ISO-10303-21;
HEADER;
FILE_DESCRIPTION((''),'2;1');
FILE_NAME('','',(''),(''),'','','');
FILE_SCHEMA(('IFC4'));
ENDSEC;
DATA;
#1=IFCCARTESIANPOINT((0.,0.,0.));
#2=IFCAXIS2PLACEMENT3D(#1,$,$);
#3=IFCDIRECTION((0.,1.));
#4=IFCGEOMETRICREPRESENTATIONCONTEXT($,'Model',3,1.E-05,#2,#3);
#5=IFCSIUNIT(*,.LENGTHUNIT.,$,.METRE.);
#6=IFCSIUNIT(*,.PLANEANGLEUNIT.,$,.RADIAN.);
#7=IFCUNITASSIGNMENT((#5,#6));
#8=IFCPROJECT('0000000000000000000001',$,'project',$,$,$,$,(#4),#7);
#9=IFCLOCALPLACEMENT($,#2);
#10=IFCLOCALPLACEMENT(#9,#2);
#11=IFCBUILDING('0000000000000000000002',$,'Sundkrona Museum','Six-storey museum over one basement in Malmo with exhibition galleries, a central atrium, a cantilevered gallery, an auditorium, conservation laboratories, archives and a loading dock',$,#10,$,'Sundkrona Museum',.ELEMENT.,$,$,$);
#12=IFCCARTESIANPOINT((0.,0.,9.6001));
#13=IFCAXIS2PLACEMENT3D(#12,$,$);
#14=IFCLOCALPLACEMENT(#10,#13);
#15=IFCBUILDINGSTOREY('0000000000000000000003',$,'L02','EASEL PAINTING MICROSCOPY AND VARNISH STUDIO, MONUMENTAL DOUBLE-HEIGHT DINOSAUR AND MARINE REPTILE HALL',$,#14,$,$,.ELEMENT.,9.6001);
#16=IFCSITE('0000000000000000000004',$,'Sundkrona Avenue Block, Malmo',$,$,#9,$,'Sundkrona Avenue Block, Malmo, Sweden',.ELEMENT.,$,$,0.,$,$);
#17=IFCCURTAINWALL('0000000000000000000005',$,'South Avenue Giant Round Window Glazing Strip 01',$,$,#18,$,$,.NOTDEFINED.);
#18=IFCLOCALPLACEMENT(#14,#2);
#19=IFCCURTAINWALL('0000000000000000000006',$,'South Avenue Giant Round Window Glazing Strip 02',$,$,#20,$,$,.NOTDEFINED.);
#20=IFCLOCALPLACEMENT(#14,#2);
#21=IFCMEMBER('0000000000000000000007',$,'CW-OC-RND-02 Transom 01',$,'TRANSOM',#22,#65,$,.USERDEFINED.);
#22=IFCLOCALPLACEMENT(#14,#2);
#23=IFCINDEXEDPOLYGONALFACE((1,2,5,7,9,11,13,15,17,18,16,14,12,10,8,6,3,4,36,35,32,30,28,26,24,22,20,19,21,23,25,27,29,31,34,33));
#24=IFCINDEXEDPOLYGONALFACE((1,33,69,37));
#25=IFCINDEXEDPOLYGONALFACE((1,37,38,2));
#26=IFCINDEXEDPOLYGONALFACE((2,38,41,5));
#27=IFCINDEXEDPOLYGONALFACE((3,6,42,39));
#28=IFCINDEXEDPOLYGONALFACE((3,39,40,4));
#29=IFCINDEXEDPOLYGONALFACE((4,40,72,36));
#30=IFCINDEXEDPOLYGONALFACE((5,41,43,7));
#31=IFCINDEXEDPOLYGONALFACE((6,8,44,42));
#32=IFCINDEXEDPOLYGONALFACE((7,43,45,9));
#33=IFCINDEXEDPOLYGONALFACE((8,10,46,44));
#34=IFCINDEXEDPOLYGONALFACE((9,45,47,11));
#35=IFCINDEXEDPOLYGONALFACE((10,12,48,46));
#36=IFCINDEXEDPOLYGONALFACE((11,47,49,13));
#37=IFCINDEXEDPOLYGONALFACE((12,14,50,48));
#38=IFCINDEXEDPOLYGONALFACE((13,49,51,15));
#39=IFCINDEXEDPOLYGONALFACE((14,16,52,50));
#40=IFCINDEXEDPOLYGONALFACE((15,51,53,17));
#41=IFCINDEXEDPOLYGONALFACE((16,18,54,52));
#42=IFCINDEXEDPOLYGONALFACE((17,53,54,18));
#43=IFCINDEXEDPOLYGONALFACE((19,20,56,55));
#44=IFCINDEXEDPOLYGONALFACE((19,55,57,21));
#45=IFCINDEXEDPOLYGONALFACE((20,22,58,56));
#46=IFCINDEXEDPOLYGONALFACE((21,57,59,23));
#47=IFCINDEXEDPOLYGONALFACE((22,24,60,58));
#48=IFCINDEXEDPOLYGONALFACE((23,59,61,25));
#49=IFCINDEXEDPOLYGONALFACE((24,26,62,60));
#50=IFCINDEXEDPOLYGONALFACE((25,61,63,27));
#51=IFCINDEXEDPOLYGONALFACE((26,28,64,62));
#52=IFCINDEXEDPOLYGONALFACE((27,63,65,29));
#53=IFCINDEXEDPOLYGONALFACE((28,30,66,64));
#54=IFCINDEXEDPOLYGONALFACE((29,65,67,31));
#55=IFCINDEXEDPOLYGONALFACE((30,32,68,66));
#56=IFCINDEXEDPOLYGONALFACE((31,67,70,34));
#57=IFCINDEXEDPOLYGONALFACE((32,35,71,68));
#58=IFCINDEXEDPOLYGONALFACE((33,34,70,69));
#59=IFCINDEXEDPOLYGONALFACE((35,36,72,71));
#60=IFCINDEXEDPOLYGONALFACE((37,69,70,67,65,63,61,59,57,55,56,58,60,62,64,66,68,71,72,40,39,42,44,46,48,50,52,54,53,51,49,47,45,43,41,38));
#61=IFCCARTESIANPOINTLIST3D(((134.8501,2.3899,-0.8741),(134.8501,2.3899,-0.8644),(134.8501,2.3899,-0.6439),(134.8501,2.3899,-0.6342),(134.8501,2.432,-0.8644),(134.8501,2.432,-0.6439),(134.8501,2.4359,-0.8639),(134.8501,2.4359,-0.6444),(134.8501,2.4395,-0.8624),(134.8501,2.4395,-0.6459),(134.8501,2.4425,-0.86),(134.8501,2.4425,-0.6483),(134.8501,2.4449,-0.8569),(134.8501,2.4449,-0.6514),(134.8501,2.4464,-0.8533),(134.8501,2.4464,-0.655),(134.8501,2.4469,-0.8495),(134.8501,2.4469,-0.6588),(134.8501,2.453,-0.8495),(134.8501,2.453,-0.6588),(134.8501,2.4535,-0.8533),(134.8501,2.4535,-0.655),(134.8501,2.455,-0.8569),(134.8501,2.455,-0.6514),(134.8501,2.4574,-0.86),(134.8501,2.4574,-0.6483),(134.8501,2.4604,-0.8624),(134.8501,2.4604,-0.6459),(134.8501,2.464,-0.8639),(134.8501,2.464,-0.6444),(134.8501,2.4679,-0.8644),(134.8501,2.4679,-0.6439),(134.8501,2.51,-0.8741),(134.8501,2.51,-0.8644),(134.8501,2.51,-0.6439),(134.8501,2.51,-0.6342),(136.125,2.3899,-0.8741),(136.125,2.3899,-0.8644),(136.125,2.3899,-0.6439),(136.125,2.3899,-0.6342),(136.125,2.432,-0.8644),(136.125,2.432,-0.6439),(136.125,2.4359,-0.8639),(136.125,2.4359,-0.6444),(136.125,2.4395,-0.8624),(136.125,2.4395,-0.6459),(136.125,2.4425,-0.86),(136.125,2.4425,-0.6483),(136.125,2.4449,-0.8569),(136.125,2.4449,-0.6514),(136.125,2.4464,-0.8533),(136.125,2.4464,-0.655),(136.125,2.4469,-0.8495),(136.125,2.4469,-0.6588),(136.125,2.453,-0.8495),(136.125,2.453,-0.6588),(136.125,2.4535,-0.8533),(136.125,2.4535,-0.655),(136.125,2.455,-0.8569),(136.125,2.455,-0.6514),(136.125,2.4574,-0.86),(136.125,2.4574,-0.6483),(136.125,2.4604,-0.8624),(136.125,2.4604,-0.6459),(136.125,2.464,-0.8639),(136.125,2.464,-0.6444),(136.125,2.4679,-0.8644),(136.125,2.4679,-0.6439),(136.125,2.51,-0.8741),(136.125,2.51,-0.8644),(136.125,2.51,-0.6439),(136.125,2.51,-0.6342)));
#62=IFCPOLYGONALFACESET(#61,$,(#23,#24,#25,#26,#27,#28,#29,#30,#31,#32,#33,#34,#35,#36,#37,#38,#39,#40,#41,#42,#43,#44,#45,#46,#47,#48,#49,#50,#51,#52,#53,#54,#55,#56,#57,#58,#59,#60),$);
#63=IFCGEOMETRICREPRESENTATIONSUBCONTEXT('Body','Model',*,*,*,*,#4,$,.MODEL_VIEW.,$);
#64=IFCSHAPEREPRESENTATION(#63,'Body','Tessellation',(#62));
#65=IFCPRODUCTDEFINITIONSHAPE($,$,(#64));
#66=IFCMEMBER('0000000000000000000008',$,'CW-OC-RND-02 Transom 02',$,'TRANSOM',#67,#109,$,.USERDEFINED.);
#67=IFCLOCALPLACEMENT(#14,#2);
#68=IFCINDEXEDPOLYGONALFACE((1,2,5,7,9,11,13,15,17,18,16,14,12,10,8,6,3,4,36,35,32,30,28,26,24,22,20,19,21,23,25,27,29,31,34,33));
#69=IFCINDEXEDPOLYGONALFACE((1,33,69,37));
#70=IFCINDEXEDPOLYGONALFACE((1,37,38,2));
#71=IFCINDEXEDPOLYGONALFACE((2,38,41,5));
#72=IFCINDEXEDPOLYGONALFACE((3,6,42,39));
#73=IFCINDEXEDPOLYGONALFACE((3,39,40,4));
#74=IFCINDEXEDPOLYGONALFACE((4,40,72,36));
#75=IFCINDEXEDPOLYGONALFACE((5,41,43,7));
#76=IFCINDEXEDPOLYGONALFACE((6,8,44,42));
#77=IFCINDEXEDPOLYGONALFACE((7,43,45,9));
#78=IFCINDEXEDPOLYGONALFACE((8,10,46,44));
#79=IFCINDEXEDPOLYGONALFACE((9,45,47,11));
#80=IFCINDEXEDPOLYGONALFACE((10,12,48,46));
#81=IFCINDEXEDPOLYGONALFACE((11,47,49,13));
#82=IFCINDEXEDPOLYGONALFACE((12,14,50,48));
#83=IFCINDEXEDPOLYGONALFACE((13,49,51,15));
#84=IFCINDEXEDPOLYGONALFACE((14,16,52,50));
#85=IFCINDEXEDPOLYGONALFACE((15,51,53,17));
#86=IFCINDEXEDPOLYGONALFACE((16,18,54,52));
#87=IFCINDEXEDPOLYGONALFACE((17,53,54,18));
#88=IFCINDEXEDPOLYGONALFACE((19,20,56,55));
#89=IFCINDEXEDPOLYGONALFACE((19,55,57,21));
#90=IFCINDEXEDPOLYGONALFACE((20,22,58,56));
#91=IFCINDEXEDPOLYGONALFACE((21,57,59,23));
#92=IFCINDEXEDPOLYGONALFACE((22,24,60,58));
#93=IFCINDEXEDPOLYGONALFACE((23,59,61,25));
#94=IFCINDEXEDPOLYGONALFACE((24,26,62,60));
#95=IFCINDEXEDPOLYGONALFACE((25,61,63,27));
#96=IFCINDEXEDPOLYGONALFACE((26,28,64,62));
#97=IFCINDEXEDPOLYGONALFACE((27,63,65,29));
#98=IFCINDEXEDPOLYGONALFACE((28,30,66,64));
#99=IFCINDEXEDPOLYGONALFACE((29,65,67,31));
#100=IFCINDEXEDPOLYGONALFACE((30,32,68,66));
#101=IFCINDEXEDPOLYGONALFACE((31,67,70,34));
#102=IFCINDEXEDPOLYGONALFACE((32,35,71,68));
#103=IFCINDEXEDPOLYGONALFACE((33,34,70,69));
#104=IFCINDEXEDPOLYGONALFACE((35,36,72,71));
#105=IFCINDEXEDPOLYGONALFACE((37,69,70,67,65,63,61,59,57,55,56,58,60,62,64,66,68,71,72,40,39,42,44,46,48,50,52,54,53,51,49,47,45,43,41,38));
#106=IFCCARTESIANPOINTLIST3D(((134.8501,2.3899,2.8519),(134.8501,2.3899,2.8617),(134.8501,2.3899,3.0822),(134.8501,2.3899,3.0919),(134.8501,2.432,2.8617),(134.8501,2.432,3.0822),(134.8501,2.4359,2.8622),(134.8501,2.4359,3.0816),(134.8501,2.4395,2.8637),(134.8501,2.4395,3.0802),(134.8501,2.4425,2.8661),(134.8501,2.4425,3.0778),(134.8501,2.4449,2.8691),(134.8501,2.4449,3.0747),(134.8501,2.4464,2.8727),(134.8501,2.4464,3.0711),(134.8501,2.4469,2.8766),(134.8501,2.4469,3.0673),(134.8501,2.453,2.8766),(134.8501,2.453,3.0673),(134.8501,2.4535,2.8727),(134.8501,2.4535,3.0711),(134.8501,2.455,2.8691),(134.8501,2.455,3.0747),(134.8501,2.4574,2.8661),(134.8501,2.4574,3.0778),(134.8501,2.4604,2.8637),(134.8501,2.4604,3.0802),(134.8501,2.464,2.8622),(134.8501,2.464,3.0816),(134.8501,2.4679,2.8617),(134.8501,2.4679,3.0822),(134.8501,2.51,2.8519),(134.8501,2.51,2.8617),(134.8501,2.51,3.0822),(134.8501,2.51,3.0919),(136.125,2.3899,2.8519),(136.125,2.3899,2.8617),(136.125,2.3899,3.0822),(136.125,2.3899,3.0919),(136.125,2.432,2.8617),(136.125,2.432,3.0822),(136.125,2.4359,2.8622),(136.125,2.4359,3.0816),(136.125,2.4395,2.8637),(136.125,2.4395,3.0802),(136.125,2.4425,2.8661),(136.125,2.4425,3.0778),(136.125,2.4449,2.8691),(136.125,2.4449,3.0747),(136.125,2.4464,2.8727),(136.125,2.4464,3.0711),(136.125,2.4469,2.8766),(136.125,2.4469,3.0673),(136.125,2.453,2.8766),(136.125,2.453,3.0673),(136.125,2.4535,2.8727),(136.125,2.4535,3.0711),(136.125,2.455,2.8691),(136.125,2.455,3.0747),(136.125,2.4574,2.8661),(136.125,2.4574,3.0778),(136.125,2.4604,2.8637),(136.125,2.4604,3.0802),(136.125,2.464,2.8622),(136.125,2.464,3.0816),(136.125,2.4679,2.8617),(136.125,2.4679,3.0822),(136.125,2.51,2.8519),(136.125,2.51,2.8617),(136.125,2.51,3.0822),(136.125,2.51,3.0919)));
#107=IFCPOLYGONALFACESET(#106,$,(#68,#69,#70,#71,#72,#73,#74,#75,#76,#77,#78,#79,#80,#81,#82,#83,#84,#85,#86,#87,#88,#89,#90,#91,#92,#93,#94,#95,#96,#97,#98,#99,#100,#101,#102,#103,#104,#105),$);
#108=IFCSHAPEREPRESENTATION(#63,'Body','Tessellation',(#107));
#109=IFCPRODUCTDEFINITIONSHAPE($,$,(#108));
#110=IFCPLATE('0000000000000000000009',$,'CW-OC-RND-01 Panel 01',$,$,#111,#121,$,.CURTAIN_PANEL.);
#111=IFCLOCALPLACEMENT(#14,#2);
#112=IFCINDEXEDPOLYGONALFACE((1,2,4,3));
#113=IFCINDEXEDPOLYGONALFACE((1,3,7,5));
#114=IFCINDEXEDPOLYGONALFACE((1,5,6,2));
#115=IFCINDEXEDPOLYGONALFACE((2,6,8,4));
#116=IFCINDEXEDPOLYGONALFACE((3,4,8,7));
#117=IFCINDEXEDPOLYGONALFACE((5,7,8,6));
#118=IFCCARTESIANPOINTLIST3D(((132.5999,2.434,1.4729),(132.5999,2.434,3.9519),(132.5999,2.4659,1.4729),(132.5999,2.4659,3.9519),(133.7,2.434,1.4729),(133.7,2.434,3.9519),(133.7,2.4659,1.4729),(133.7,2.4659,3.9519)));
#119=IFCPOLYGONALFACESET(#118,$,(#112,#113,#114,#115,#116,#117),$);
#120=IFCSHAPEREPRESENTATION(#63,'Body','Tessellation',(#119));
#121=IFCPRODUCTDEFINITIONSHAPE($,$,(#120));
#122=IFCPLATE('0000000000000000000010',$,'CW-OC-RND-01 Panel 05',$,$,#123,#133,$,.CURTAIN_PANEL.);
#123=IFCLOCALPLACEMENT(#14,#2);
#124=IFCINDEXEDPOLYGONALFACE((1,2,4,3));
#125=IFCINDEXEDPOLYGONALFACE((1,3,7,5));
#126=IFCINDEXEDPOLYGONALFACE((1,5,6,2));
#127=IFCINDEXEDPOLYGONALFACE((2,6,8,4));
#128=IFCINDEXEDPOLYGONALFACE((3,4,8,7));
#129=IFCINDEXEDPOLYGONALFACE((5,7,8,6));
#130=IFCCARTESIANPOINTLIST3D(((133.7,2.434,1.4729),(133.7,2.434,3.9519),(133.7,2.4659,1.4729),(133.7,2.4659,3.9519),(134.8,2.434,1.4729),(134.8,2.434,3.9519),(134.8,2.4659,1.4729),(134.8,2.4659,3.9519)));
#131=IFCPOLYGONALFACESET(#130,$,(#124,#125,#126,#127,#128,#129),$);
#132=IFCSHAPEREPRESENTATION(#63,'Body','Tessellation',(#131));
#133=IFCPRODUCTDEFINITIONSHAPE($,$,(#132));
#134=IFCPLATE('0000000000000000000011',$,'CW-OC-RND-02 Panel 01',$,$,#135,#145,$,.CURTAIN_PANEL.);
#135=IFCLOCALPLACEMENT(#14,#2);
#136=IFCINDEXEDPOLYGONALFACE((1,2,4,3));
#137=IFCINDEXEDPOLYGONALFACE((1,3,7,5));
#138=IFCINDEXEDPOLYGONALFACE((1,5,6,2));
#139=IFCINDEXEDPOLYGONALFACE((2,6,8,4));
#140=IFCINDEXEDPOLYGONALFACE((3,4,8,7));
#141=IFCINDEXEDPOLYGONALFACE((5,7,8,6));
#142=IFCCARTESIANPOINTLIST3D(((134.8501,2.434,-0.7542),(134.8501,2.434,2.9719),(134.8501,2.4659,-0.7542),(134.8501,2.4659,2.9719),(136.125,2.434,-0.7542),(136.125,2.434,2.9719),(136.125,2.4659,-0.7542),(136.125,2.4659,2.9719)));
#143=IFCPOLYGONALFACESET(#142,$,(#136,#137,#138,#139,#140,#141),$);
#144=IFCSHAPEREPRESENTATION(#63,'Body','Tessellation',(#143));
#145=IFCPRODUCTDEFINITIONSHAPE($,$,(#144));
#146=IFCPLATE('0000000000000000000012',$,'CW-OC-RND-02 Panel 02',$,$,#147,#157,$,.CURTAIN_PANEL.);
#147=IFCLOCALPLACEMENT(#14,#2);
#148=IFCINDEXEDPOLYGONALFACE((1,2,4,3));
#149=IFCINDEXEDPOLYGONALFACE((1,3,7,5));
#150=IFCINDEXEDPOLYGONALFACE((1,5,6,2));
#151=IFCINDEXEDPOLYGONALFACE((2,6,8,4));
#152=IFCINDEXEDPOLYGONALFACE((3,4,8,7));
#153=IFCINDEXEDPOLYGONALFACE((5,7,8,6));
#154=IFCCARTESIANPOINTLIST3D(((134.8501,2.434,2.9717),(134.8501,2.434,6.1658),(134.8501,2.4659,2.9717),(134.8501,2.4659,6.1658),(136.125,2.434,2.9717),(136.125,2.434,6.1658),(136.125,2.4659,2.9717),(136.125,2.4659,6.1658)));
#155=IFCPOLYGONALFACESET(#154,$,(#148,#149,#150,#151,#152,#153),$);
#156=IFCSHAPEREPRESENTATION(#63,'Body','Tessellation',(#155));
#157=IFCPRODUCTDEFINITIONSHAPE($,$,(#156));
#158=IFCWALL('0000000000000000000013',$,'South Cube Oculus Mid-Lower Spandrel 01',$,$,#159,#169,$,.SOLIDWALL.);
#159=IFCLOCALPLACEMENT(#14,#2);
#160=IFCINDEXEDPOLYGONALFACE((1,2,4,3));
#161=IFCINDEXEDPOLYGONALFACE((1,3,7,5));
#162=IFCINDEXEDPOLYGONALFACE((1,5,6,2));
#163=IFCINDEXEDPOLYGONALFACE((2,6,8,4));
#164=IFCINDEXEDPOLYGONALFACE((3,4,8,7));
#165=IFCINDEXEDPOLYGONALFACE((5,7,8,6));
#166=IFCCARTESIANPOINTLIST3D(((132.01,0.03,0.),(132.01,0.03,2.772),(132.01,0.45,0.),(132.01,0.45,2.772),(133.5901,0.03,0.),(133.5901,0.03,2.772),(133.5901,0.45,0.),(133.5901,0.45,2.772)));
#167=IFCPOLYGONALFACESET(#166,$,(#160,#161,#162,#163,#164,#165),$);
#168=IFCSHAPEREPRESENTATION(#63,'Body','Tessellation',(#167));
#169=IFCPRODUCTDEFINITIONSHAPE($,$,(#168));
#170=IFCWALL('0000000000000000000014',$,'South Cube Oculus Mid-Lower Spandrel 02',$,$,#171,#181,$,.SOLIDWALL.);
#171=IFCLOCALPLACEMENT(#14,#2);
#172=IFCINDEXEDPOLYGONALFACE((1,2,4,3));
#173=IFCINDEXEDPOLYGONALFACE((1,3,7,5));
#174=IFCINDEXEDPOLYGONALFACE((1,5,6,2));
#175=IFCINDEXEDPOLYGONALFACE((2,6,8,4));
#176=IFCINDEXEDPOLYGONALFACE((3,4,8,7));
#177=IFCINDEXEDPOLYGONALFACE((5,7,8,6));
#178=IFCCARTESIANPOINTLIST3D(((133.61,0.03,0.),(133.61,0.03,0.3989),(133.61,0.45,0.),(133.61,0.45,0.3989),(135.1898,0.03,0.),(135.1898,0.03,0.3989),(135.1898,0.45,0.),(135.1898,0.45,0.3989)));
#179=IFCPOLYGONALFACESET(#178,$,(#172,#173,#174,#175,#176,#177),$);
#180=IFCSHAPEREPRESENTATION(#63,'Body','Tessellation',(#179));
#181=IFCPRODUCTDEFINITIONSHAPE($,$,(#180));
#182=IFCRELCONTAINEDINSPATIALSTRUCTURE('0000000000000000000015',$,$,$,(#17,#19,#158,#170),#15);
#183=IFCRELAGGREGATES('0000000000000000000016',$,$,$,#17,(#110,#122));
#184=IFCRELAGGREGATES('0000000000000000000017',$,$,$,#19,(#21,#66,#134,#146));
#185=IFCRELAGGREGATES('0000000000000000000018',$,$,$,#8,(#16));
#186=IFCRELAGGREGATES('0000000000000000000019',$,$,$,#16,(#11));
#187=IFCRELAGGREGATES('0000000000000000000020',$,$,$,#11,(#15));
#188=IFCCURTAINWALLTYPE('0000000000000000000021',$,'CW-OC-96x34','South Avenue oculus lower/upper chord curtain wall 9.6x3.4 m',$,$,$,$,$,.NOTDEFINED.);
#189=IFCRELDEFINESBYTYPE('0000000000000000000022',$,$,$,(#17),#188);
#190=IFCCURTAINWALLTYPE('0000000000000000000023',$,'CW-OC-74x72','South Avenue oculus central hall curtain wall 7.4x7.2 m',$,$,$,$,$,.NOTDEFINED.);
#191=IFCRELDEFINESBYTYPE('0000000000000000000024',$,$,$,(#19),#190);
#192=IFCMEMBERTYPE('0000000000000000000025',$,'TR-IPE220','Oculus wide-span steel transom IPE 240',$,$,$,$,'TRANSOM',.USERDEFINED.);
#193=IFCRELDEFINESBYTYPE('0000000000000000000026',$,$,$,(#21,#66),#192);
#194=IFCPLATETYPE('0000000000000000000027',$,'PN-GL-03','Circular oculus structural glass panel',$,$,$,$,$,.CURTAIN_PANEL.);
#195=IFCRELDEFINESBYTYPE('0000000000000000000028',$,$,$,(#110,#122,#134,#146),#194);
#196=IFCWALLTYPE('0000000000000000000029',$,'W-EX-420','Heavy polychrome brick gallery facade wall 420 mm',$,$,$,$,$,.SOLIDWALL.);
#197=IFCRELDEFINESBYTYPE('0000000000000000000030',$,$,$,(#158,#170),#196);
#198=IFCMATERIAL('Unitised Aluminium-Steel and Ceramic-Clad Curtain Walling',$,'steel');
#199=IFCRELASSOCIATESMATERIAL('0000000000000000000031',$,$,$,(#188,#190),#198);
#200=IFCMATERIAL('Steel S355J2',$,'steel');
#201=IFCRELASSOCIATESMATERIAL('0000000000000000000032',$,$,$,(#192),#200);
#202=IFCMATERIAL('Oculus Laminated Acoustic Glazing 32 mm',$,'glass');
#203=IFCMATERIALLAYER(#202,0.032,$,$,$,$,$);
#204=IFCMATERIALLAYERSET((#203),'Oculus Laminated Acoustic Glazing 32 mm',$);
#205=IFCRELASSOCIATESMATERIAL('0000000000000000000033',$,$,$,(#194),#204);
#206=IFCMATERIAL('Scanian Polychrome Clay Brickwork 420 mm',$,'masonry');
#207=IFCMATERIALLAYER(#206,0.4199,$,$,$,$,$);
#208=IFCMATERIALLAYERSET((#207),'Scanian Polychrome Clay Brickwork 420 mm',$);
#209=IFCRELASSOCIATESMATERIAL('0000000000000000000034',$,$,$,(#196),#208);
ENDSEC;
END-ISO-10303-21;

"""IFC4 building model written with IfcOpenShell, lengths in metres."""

from ifc_helpers import new_model, si_unit, direction, frame, frame_2d, origin, origin_2d, place, context, subcontext, project, spatial, rectangle, i_section, extrude, material, layer, layer_set, material_profile, profile_set, type_object, element, aggregate, save


model = new_model("IFC4")

# Units and contexts
model_context = context("Model", 3, precision=1e-05, world=origin(), true_north=direction((0.0, 1.0)))
body_context = subcontext(model_context, "Body", "Model", "MODEL_VIEW")
ifc_project = project(units=[si_unit("LENGTHUNIT", "METRE"), si_unit("PLANEANGLEUNIT", "RADIAN")], contexts=[model_context])

# Site, building, storey
site_placement = place(None, origin())
site = spatial("IfcSite", under=ifc_project, at=site_placement, Name="Sundkrona Avenue Block, Malmo", LongName="Sundkrona Avenue Block, Malmo, Sweden", CompositionType="ELEMENT", RefElevation=0.0)
building_placement = place(site_placement, origin())
building = spatial("IfcBuilding", under=site, at=building_placement, Name="Sundkrona Museum", Description="Six-storey museum over one basement in Malmo with exhibition galleries, a central atrium, a cantilevered gallery, an auditorium, conservation laboratories, archives and a loading dock", LongName="Sundkrona Museum", CompositionType="ELEMENT")
storey_placement = place(building_placement, frame((0.0, 0.0, 9.6001)))
storey = spatial("IfcBuildingStorey", under=building, at=storey_placement, Name="L02", Description="EASEL PAINTING MICROSCOPY AND VARNISH STUDIO, MONUMENTAL DOUBLE-HEIGHT DINOSAUR AND MARINE REPTILE HALL", CompositionType="ELEMENT", Elevation=9.6001)

# Shared definitions
ifc_material_1 = material(Name="Steel S355J2", Category="steel")

# Curtain wall
ifc_material_2 = material(Name="Unitised Aluminium-Steel and Ceramic-Clad Curtain Walling", Category="steel")
curtain_wall_type_1 = type_object("IfcCurtainWallType", Name="CW-OC-96x34", Description="South Avenue oculus lower/upper chord curtain wall 9.6x3.4 m", PredefinedType="NOTDEFINED", material=ifc_material_2)
curtain_wall_1_placement = place(storey_placement, origin())
curtain_wall_1 = element("IfcCurtainWall", 1, at=curtain_wall_1_placement, inside=storey, type_object=curtain_wall_type_1, Name="South Avenue Giant Round Window Glazing Strip 01", PredefinedType="NOTDEFINED")

# Curtain wall
curtain_wall_type_2 = type_object("IfcCurtainWallType", Name="CW-OC-74x72", Description="South Avenue oculus central hall curtain wall 7.4x7.2 m", PredefinedType="NOTDEFINED", material=ifc_material_2)
curtain_wall_2_placement = place(storey_placement, origin())
curtain_wall_2 = element("IfcCurtainWall", 2, at=curtain_wall_2_placement, inside=storey, type_object=curtain_wall_type_2, Name="South Avenue Giant Round Window Glazing Strip 02", PredefinedType="NOTDEFINED")

# Members
ifc_material_profile_1 = material_profile(ifc_material_1, i_section(OverallWidth=0.1201, OverallDepth=0.24, WebThickness=0.0061, FlangeThickness=0.0098, FilletRadius=0.0149, at=origin_2d()), Name="IPE 240")
ifc_profile_set_1 = profile_set([ifc_material_profile_1], Name="Steel S355J2")
member_type_1 = type_object("IfcMemberType", Name="TR-IPE220", Description="Oculus wide-span steel transom IPE 240", ElementType="TRANSOM", PredefinedType="USERDEFINED", material=ifc_profile_set_1)
member_1_placement = place(storey_placement, frame((134.8501, 2.45, -0.7542), z_axis=(1.0, 0.0, 0.0), x_axis=(0.0, 1.0, 0.0)))
member_1 = element("IfcMember", 3, at=member_1_placement, type_object=member_type_1, Name="CW-OC-RND-02 Transom 01", ObjectType="TRANSOM", PredefinedType="USERDEFINED", context=body_context, shape_type="SweptSolid", body=[
    extrude(i_section(OverallWidth=0.1201, OverallDepth=0.24, WebThickness=0.0061, FlangeThickness=0.0098, FilletRadius=0.0149, at=origin_2d()), origin(), (0.0, 0.0, 1.0), 1.2749),
])
member_2_placement = place(storey_placement, frame((134.8501, 2.45, 2.9719), z_axis=(1.0, 0.0, 0.0), x_axis=(0.0, 1.0, 0.0)))
member_2 = element("IfcMember", 4, at=member_2_placement, type_object=member_type_1, Name="CW-OC-RND-02 Transom 02", ObjectType="TRANSOM", PredefinedType="USERDEFINED", context=body_context, shape_type="SweptSolid", body=[
    extrude(i_section(OverallWidth=0.1201, OverallDepth=0.24, WebThickness=0.0061, FlangeThickness=0.0098, FilletRadius=0.0149, at=origin_2d()), origin(), (0.0, 0.0, 1.0), 1.2749),
])

# Plates
ifc_material_3 = material(Name="Oculus Laminated Acoustic Glazing 32 mm", Category="glass")
ifc_layer_1 = layer(ifc_material_3, 0.032)
ifc_layer_set_1 = layer_set([ifc_layer_1], Name="Oculus Laminated Acoustic Glazing 32 mm")
plate_type = type_object("IfcPlateType", Name="PN-GL-03", Description="Circular oculus structural glass panel", PredefinedType="CURTAIN_PANEL", material=ifc_layer_set_1)
plate_1_placement = place(storey_placement, frame((133.1499, 2.45, 1.4729), z_axis=(0.0, 0.0, 1.0), x_axis=(1.0, 0.0, 0.0)))
plate_1 = element("IfcPlate", 5, at=plate_1_placement, type_object=plate_type, Name="CW-OC-RND-01 Panel 01", PredefinedType="CURTAIN_PANEL", context=body_context, shape_type="SweptSolid", body=[
    extrude(rectangle(XDim=1.1001, YDim=0.032, at=origin_2d()), origin(), (0.0, 0.0, 1.0), 2.479),
])
plate_2_placement = place(storey_placement, frame((134.25, 2.45, 1.4729), z_axis=(0.0, 0.0, 1.0), x_axis=(1.0, 0.0, 0.0)))
plate_2 = element("IfcPlate", 6, at=plate_2_placement, type_object=plate_type, Name="CW-OC-RND-01 Panel 05", PredefinedType="CURTAIN_PANEL", context=body_context, shape_type="SweptSolid", body=[
    extrude(rectangle(XDim=1.1001, YDim=0.032, at=origin_2d()), origin(), (0.0, 0.0, 1.0), 2.479),
])
aggregate(curtain_wall_1, [plate_1, plate_2])
plate_3_placement = place(storey_placement, frame((135.4875, 2.45, -0.7542), z_axis=(0.0, 0.0, 1.0), x_axis=(1.0, 0.0, 0.0)))
plate_3 = element("IfcPlate", 7, at=plate_3_placement, type_object=plate_type, Name="CW-OC-RND-02 Panel 01", PredefinedType="CURTAIN_PANEL", context=body_context, shape_type="SweptSolid", body=[
    extrude(rectangle(XDim=1.2749, YDim=0.032, at=origin_2d()), origin(), (0.0, 0.0, 1.0), 3.7261),
])
plate_4_placement = place(storey_placement, frame((135.4875, 2.45, 2.9717), z_axis=(0.0, 0.0, 1.0), x_axis=(1.0, 0.0, 0.0)))
plate_4 = element("IfcPlate", 8, at=plate_4_placement, type_object=plate_type, Name="CW-OC-RND-02 Panel 02", PredefinedType="CURTAIN_PANEL", context=body_context, shape_type="SweptSolid", body=[
    extrude(rectangle(XDim=1.2749, YDim=0.032, at=origin_2d()), origin(), (0.0, 0.0, 1.0), 3.1941),
])
aggregate(curtain_wall_2, [member_1, member_2, plate_3, plate_4])

# Walls
ifc_material_4 = material(Name="Scanian Polychrome Clay Brickwork 420 mm", Category="masonry")
ifc_layer_2 = layer(ifc_material_4, 0.4199)
ifc_layer_set_2 = layer_set([ifc_layer_2], Name="Scanian Polychrome Clay Brickwork 420 mm")
wall_type_1 = type_object("IfcWallType", Name="W-EX-420", Description="Heavy polychrome brick gallery facade wall 420 mm", PredefinedType="SOLIDWALL", material=ifc_layer_set_2)
wall_1_placement = place(storey_placement, frame((133.5901, 0.24, 0.0), z_axis=(0.0, 0.0, 1.0), x_axis=(-1.0, 0.0, 0.0)))
element("IfcWall", 9, at=wall_1_placement, inside=storey, type_object=wall_type_1, Name="South Cube Oculus Mid-Lower Spandrel 01", PredefinedType="SOLIDWALL", context=body_context, shape_type="SweptSolid", body=[
    extrude(rectangle(XDim=1.5801, YDim=0.4199, at=frame_2d((0.79, 0.0))), origin(), (0.0, 0.0, 1.0), 2.772),
])
wall_2_placement = place(storey_placement, frame((135.1899, 0.24, 0.0), z_axis=(0.0, 0.0, 1.0), x_axis=(-1.0, 0.0, 0.0)))
element("IfcWall", 10, at=wall_2_placement, inside=storey, type_object=wall_type_1, Name="South Cube Oculus Mid-Lower Spandrel 02", PredefinedType="SOLIDWALL", context=body_context, shape_type="SweptSolid", body=[
    extrude(rectangle(XDim=1.5798, YDim=0.4199, at=frame_2d((0.79, 0.0))), origin(), (0.0, 0.0, 1.0), 0.3989),
])

save(model, "model.ifc")
